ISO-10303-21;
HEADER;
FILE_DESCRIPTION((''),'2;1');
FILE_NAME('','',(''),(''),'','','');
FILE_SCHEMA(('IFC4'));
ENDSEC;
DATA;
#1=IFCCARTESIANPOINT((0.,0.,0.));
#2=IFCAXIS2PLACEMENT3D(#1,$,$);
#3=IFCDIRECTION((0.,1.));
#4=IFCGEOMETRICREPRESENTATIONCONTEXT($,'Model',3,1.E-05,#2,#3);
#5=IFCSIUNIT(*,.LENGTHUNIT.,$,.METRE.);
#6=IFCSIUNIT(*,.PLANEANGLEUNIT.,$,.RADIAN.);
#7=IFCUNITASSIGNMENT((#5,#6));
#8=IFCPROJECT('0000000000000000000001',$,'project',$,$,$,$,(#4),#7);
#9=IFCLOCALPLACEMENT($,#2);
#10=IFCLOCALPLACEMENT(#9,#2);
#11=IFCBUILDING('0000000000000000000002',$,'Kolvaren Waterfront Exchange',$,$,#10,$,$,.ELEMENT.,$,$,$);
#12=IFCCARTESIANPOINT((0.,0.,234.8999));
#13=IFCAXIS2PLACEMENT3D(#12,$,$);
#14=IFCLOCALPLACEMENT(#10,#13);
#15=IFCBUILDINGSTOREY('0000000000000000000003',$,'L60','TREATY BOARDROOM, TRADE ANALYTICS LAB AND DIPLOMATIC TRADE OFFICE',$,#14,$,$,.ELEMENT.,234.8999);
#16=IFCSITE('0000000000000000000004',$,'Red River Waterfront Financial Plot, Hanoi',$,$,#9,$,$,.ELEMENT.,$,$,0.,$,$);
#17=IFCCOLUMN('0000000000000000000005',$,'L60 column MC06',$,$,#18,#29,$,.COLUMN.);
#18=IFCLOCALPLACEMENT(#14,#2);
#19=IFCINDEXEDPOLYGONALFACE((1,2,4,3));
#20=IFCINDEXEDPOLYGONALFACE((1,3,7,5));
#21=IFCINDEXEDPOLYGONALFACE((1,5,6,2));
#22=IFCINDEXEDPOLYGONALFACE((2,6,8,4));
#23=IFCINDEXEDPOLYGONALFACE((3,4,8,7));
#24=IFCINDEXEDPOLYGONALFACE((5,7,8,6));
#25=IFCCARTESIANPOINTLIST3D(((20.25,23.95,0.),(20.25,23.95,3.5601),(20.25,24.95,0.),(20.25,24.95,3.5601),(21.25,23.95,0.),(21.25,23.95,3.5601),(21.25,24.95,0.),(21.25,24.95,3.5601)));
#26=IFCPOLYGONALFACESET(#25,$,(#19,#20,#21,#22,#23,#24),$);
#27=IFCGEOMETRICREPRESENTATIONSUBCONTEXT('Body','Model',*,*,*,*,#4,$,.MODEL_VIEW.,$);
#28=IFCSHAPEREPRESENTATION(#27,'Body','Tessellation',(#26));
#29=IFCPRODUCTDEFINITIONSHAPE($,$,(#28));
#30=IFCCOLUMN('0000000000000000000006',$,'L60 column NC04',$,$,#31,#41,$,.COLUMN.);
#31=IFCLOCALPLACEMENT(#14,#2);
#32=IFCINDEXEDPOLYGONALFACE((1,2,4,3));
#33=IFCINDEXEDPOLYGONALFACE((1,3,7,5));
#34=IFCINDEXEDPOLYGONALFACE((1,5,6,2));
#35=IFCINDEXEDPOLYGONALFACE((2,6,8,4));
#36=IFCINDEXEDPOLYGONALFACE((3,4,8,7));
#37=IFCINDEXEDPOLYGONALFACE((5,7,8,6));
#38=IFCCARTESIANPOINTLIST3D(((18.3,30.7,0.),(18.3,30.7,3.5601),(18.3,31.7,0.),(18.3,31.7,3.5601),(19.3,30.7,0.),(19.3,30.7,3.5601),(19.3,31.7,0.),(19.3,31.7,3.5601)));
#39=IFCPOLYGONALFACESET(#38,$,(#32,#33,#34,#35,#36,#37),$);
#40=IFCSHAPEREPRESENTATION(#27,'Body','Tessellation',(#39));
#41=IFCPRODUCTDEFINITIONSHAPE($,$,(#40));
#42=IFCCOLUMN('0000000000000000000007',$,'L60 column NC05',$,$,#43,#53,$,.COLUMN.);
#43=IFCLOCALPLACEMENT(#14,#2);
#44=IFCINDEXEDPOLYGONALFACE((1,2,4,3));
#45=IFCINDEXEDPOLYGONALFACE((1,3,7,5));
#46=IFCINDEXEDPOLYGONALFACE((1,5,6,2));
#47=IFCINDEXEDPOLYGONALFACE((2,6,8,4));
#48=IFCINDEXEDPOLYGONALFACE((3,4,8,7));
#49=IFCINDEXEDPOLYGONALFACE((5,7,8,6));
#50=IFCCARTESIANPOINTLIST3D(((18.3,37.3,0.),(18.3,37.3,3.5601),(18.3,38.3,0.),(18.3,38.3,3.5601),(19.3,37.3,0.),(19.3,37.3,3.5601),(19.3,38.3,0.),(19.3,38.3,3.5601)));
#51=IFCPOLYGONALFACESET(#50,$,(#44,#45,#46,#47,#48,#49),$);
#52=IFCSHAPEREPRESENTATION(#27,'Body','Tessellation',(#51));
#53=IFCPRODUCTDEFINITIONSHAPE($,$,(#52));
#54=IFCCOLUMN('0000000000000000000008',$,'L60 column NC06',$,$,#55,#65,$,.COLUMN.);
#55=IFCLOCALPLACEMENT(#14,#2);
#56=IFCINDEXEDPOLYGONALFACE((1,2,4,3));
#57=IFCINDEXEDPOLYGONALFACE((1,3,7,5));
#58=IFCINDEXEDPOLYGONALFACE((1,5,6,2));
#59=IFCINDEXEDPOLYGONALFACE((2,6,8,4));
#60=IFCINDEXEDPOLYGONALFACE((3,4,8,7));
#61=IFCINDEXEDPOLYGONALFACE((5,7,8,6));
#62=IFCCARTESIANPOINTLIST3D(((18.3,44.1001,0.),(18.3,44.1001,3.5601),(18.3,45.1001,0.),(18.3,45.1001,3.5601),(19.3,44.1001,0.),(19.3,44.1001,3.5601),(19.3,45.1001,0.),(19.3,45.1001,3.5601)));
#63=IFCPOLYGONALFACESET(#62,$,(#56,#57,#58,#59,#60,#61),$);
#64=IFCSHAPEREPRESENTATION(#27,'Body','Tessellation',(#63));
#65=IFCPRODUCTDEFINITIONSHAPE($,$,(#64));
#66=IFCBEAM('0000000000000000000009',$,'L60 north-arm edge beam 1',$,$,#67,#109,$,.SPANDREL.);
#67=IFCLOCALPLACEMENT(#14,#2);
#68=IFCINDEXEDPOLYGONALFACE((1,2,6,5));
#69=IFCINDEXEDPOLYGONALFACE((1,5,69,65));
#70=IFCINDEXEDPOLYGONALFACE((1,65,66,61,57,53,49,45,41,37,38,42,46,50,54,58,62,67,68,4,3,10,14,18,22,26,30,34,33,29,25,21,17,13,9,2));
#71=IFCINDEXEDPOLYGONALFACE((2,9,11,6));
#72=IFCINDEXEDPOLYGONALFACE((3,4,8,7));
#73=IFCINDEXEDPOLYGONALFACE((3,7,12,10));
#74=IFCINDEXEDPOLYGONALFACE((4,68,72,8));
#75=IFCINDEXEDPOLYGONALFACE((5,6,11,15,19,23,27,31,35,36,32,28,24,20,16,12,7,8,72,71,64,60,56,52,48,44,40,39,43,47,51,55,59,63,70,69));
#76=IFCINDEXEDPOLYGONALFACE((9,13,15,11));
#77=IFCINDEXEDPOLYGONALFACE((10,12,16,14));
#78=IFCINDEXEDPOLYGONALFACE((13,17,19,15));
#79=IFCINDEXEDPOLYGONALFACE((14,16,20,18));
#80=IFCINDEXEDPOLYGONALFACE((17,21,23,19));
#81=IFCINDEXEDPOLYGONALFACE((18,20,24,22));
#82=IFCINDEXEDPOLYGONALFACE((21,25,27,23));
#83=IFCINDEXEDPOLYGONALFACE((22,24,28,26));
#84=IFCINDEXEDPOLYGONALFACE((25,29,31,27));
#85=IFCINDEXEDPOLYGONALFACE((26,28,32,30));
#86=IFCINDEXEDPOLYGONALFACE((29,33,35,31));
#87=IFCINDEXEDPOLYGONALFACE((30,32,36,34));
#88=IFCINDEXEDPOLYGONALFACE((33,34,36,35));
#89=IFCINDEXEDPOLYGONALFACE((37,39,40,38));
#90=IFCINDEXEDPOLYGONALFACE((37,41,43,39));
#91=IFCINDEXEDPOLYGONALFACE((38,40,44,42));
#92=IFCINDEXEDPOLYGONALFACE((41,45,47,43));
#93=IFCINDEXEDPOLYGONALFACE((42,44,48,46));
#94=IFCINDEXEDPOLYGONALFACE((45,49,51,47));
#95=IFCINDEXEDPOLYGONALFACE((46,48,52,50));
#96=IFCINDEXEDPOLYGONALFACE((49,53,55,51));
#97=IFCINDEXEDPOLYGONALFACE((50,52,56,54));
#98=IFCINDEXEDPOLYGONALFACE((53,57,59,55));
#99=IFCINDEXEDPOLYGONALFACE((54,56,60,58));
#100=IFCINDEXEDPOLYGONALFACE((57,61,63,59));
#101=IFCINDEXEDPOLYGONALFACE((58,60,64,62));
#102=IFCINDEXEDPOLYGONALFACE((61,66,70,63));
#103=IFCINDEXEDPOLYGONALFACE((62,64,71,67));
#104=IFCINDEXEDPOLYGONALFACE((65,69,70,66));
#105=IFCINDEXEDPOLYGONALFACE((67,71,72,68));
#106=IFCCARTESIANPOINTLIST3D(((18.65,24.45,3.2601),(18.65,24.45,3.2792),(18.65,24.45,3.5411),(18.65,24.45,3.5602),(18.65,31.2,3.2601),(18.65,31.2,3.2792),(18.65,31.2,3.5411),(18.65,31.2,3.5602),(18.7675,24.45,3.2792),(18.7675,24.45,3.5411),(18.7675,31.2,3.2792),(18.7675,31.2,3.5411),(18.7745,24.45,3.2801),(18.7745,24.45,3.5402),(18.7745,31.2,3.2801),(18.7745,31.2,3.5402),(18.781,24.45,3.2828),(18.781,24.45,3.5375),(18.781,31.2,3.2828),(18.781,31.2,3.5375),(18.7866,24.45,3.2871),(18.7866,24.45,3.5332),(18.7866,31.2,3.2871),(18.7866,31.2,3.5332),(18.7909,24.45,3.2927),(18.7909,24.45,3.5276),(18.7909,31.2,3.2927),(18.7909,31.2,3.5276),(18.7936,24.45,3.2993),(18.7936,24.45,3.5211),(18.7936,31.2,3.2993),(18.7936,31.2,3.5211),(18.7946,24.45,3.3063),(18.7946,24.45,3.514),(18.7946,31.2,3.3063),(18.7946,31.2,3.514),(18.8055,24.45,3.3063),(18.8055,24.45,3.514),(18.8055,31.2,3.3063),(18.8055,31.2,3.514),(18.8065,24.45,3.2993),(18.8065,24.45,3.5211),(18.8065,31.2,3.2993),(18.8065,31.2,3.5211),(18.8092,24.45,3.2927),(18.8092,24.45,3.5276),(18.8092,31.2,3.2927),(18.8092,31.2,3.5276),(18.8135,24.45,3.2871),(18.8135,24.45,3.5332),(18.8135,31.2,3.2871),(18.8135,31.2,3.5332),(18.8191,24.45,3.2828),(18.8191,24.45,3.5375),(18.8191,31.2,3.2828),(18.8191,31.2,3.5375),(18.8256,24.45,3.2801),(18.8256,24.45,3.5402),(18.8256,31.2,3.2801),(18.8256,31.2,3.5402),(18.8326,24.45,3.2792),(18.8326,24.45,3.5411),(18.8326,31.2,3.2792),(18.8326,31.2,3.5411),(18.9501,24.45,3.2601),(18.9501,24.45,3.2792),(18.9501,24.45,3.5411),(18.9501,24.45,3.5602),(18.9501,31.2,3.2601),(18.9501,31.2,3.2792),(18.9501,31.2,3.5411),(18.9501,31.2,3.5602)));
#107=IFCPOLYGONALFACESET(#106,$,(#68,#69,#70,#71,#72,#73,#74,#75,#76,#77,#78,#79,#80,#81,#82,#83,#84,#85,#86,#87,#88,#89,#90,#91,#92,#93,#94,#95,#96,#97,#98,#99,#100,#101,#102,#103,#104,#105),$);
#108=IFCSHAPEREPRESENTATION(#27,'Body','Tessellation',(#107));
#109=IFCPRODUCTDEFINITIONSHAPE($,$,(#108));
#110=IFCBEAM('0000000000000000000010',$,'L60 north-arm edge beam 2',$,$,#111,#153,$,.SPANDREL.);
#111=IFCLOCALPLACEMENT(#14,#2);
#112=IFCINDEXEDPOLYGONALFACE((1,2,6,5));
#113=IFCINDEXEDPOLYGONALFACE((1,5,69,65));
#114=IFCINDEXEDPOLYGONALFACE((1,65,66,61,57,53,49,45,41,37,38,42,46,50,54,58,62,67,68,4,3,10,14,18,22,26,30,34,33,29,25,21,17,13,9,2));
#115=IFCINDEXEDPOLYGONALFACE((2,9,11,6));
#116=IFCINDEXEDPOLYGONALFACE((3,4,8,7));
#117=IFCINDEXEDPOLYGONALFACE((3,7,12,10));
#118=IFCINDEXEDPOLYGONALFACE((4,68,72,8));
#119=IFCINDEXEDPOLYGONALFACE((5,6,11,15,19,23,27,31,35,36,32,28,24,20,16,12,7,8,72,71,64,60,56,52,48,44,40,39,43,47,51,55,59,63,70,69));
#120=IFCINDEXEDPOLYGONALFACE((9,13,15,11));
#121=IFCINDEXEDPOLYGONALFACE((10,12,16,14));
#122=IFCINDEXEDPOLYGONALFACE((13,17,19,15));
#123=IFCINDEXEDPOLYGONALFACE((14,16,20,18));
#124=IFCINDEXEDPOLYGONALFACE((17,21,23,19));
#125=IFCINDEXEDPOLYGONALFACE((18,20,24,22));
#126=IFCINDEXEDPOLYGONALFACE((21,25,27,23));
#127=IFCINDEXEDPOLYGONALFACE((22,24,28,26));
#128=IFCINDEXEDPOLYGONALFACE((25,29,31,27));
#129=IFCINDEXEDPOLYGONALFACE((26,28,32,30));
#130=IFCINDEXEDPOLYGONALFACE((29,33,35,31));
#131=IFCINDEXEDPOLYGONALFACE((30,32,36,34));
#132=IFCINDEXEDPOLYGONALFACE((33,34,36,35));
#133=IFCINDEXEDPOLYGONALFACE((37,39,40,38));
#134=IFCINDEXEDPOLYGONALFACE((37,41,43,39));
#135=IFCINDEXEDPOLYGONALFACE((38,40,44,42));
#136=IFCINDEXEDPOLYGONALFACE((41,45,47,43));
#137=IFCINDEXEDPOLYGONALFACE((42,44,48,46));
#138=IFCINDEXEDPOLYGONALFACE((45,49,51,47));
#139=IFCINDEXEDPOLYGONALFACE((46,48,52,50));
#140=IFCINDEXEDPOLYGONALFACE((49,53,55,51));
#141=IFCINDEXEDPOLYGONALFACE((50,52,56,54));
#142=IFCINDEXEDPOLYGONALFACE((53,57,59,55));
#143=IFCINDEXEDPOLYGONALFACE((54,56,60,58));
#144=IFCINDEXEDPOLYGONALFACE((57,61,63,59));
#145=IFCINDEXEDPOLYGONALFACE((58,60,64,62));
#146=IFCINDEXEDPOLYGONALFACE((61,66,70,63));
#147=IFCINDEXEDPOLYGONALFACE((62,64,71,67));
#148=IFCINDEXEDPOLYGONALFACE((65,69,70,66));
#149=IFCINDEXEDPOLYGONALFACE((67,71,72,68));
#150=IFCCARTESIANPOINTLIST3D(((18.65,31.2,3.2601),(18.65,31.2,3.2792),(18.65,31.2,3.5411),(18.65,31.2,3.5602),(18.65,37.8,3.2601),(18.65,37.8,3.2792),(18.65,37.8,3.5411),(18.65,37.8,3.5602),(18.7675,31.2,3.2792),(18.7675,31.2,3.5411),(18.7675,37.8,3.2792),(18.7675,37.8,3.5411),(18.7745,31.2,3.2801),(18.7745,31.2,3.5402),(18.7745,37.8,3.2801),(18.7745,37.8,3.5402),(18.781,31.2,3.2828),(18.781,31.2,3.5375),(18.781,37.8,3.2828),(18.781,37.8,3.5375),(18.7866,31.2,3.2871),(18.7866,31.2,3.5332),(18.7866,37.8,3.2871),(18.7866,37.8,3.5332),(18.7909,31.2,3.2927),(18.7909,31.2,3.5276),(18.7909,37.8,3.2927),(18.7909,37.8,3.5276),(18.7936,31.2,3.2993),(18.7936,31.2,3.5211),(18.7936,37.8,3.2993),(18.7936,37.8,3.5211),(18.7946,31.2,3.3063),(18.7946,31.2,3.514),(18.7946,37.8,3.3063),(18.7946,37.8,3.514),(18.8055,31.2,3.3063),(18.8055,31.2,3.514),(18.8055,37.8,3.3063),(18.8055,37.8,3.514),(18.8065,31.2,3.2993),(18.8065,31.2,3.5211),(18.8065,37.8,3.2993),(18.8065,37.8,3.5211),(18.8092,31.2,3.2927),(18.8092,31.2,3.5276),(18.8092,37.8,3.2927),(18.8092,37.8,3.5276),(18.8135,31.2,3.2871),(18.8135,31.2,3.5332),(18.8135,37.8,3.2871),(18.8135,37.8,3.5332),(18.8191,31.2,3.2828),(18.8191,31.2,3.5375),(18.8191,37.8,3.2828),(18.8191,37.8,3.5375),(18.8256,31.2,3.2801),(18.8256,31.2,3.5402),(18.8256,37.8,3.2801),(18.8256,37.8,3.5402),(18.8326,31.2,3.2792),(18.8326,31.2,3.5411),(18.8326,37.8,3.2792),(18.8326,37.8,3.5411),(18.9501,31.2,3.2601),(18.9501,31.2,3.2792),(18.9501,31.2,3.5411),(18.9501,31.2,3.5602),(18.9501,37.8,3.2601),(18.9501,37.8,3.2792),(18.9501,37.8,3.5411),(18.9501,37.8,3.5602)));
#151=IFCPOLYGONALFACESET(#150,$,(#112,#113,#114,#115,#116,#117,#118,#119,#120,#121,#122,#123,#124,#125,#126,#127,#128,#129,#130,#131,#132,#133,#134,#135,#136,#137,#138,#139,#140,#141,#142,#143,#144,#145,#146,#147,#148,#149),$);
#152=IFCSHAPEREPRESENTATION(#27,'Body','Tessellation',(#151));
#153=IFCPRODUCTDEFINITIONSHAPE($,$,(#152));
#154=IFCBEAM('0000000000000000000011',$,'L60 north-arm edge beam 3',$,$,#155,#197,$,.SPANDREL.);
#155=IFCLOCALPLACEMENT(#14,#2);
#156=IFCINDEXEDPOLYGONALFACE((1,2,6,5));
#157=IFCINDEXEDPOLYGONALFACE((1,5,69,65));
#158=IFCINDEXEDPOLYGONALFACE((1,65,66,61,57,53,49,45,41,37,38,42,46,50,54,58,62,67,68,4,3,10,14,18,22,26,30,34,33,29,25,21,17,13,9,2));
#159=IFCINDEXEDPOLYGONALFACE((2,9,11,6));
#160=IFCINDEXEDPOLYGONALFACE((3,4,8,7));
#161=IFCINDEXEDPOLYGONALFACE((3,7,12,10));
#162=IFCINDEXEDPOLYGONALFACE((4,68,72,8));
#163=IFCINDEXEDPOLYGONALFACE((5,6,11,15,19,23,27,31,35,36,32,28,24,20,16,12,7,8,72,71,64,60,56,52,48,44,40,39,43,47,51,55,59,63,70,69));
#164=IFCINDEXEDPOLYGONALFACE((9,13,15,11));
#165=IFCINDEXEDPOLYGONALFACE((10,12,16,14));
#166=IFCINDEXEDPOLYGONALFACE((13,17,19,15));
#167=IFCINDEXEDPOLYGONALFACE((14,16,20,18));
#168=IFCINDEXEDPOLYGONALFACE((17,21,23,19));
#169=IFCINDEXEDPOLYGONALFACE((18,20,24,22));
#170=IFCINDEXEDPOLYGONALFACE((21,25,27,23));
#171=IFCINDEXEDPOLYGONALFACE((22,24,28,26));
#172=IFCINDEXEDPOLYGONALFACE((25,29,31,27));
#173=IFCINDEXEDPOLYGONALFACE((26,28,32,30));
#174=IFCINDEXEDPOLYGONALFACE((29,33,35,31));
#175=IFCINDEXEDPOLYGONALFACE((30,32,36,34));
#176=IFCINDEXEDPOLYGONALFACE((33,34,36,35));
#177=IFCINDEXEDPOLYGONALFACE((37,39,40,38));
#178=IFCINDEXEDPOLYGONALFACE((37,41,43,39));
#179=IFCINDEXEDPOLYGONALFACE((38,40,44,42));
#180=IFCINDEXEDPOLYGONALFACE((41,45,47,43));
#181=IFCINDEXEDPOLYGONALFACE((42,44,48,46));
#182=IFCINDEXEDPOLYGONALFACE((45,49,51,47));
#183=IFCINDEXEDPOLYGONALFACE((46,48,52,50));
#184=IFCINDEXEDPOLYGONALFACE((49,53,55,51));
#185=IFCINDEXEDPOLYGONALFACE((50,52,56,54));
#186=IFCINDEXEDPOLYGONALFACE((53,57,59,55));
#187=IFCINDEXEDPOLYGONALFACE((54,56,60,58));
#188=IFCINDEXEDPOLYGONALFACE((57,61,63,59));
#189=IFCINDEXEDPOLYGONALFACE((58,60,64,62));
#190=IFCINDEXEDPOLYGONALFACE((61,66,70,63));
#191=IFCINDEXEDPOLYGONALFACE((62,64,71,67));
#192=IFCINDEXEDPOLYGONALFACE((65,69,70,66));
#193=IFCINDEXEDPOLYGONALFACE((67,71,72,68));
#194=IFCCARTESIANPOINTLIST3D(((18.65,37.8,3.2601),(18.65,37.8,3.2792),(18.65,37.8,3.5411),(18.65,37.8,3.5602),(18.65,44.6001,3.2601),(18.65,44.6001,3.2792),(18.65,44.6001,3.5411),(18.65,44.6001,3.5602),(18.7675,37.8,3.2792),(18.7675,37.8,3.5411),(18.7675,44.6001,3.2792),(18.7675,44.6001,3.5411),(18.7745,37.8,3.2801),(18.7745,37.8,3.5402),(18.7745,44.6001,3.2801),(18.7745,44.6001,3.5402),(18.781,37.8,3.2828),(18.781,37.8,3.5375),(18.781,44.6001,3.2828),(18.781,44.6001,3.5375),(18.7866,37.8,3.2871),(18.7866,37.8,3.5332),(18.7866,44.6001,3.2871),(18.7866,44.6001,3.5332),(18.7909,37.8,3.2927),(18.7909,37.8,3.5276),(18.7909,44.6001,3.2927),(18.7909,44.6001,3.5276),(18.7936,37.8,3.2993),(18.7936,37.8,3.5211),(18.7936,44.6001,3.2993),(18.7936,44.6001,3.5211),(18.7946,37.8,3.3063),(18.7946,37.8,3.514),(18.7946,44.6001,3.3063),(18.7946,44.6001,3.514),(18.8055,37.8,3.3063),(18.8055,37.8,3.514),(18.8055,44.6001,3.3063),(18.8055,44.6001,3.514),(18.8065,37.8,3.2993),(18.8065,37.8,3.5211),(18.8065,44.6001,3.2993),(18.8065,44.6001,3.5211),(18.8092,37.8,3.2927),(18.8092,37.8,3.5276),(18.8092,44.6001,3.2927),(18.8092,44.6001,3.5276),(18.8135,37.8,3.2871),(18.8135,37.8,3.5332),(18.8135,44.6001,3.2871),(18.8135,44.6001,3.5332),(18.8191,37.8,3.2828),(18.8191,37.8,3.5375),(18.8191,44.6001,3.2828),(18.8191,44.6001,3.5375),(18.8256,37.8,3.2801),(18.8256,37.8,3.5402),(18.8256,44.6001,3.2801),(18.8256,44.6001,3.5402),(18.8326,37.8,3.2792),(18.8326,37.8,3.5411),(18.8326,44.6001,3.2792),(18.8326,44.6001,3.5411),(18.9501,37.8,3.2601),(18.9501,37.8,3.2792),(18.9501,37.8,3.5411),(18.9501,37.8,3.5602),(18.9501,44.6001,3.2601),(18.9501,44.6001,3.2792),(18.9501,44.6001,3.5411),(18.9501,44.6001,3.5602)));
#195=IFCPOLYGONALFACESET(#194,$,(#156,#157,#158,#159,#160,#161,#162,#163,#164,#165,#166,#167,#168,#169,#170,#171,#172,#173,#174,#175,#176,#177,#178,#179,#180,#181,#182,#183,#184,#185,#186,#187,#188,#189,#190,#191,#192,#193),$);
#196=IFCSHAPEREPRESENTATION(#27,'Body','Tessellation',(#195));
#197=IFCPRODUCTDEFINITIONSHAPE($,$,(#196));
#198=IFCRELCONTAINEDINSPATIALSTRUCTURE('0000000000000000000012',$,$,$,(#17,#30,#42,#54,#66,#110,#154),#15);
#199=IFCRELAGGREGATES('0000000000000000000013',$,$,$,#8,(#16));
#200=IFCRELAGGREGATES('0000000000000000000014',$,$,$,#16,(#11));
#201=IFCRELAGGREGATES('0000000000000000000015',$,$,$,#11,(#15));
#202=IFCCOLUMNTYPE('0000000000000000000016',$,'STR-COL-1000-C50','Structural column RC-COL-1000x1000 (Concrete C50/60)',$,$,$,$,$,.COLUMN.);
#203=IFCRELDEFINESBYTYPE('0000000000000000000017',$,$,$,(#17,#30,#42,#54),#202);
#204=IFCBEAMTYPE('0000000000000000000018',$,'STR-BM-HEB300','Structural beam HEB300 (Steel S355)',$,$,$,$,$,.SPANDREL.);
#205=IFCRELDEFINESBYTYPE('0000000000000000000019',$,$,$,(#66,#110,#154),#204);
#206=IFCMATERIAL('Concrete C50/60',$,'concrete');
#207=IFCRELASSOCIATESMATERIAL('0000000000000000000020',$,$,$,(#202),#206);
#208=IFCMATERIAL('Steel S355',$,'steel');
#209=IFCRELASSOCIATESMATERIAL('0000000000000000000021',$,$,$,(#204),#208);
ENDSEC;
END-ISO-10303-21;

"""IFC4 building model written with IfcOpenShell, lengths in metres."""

from ifc_helpers import new_model, si_unit, direction, frame, origin, origin_2d, place, context, subcontext, project, spatial, rectangle, i_section, extrude, material, material_profile, profile_set, type_object, element, save


model = new_model("IFC4")

# Units and contexts
model_context = context("Model", 3, precision=1e-05, world=origin(), true_north=direction((0.0, 1.0)))
body_context = subcontext(model_context, "Body", "Model", "MODEL_VIEW")
ifc_project = project(units=[si_unit("LENGTHUNIT", "METRE"), si_unit("PLANEANGLEUNIT", "RADIAN")], contexts=[model_context])

# Site, building, storey
site_placement = place(None, origin())
site = spatial("IfcSite", under=ifc_project, at=site_placement, Name="Red River Waterfront Financial Plot, Hanoi", CompositionType="ELEMENT", RefElevation=0.0)
building_placement = place(site_placement, origin())
building = spatial("IfcBuilding", under=site, at=building_placement, Name="Kolvaren Waterfront Exchange", CompositionType="ELEMENT")
storey_placement = place(building_placement, frame((0.0, 0.0, 234.8999)))
storey = spatial("IfcBuildingStorey", under=building, at=storey_placement, Name="L60", Description="TREATY BOARDROOM, TRADE ANALYTICS LAB AND DIPLOMATIC TRADE OFFICE", CompositionType="ELEMENT", Elevation=234.8999)

# Columns
ifc_material_1 = material(Name="Concrete C50/60", Category="concrete")
ifc_material_profile_1 = material_profile(ifc_material_1, rectangle(XDim=1.0, YDim=1.0, at=origin_2d()), Name="RC-COL-1000x1000")
ifc_profile_set_1 = profile_set([ifc_material_profile_1], Name="Concrete C50/60")
column_type = type_object("IfcColumnType", Name="STR-COL-1000-C50", Description="Structural column RC-COL-1000x1000 (Concrete C50/60)", PredefinedType="COLUMN", material=ifc_profile_set_1)
for number, where, z_axis, x_axis, name in (
    (1, (20.75, 24.45, 0.0), (0.0, 0.0, 1.0), (1.0, 0.0, 0.0), "L60 column MC06"),
    (2, (18.8, 31.2, 0.0), (0.0, 0.0, 1.0), (1.0, 0.0, 0.0), "L60 column NC04"),
    (3, (18.8, 37.8, 0.0), (0.0, 0.0, 1.0), (1.0, 0.0, 0.0), "L60 column NC05"),
    (4, (18.8, 44.6001, 0.0), (0.0, 0.0, 1.0), (1.0, 0.0, 0.0), "L60 column NC06"),
):
    element("IfcColumn", number, at=place(storey_placement, frame(where, z_axis=z_axis, x_axis=x_axis)), inside=storey, type_object=column_type, Name=name, PredefinedType="COLUMN", context=body_context, shape_type="SweptSolid", body=[
        extrude(rectangle(XDim=1.0, YDim=1.0, at=origin_2d()), origin(), (0.0, 0.0, 1.0), 3.5601),
    ])

# Beams
ifc_material_2 = material(Name="Steel S355", Category="steel")
ifc_material_profile_2 = material_profile(ifc_material_2, i_section(OverallWidth=0.3, OverallDepth=0.3, WebThickness=0.011, FlangeThickness=0.019, FilletRadius=0.0271, at=origin_2d()), Name="HEB300")
ifc_profile_set_2 = profile_set([ifc_material_profile_2], Name="Steel S355")
beam_type = type_object("IfcBeamType", Name="STR-BM-HEB300", Description="Structural beam HEB300 (Steel S355)", PredefinedType="SPANDREL", material=ifc_profile_set_2)
beam_1_placement = place(storey_placement, frame((18.8, 24.45, 3.4102), z_axis=(0.0, 1.0, 0.0), x_axis=(-1.0, 0.0, 0.0)))
element("IfcBeam", 5, at=beam_1_placement, inside=storey, type_object=beam_type, Name="L60 north-arm edge beam 1", PredefinedType="SPANDREL", context=body_context, shape_type="SweptSolid", body=[
    extrude(i_section(OverallWidth=0.3, OverallDepth=0.3, WebThickness=0.011, FlangeThickness=0.019, FilletRadius=0.0271, at=origin_2d()), origin(), (0.0, 0.0, 1.0), 6.75),
])
beam_2_placement = place(storey_placement, frame((18.8, 31.2, 3.4102), z_axis=(0.0, 1.0, 0.0), x_axis=(-1.0, 0.0, 0.0)))
element("IfcBeam", 6, at=beam_2_placement, inside=storey, type_object=beam_type, Name="L60 north-arm edge beam 2", PredefinedType="SPANDREL", context=body_context, shape_type="SweptSolid", body=[
    extrude(i_section(OverallWidth=0.3, OverallDepth=0.3, WebThickness=0.011, FlangeThickness=0.019, FilletRadius=0.0271, at=origin_2d()), origin(), (0.0, 0.0, 1.0), 6.6001),
])
beam_3_placement = place(storey_placement, frame((18.8, 37.8, 3.4102), z_axis=(0.0, 1.0, 0.0), x_axis=(-1.0, 0.0, 0.0)))
element("IfcBeam", 7, at=beam_3_placement, inside=storey, type_object=beam_type, Name="L60 north-arm edge beam 3", PredefinedType="SPANDREL", context=body_context, shape_type="SweptSolid", body=[
    extrude(i_section(OverallWidth=0.3, OverallDepth=0.3, WebThickness=0.011, FlangeThickness=0.019, FilletRadius=0.0271, at=origin_2d()), origin(), (0.0, 0.0, 1.0), 6.8),
])

save(model, "model.ifc")
